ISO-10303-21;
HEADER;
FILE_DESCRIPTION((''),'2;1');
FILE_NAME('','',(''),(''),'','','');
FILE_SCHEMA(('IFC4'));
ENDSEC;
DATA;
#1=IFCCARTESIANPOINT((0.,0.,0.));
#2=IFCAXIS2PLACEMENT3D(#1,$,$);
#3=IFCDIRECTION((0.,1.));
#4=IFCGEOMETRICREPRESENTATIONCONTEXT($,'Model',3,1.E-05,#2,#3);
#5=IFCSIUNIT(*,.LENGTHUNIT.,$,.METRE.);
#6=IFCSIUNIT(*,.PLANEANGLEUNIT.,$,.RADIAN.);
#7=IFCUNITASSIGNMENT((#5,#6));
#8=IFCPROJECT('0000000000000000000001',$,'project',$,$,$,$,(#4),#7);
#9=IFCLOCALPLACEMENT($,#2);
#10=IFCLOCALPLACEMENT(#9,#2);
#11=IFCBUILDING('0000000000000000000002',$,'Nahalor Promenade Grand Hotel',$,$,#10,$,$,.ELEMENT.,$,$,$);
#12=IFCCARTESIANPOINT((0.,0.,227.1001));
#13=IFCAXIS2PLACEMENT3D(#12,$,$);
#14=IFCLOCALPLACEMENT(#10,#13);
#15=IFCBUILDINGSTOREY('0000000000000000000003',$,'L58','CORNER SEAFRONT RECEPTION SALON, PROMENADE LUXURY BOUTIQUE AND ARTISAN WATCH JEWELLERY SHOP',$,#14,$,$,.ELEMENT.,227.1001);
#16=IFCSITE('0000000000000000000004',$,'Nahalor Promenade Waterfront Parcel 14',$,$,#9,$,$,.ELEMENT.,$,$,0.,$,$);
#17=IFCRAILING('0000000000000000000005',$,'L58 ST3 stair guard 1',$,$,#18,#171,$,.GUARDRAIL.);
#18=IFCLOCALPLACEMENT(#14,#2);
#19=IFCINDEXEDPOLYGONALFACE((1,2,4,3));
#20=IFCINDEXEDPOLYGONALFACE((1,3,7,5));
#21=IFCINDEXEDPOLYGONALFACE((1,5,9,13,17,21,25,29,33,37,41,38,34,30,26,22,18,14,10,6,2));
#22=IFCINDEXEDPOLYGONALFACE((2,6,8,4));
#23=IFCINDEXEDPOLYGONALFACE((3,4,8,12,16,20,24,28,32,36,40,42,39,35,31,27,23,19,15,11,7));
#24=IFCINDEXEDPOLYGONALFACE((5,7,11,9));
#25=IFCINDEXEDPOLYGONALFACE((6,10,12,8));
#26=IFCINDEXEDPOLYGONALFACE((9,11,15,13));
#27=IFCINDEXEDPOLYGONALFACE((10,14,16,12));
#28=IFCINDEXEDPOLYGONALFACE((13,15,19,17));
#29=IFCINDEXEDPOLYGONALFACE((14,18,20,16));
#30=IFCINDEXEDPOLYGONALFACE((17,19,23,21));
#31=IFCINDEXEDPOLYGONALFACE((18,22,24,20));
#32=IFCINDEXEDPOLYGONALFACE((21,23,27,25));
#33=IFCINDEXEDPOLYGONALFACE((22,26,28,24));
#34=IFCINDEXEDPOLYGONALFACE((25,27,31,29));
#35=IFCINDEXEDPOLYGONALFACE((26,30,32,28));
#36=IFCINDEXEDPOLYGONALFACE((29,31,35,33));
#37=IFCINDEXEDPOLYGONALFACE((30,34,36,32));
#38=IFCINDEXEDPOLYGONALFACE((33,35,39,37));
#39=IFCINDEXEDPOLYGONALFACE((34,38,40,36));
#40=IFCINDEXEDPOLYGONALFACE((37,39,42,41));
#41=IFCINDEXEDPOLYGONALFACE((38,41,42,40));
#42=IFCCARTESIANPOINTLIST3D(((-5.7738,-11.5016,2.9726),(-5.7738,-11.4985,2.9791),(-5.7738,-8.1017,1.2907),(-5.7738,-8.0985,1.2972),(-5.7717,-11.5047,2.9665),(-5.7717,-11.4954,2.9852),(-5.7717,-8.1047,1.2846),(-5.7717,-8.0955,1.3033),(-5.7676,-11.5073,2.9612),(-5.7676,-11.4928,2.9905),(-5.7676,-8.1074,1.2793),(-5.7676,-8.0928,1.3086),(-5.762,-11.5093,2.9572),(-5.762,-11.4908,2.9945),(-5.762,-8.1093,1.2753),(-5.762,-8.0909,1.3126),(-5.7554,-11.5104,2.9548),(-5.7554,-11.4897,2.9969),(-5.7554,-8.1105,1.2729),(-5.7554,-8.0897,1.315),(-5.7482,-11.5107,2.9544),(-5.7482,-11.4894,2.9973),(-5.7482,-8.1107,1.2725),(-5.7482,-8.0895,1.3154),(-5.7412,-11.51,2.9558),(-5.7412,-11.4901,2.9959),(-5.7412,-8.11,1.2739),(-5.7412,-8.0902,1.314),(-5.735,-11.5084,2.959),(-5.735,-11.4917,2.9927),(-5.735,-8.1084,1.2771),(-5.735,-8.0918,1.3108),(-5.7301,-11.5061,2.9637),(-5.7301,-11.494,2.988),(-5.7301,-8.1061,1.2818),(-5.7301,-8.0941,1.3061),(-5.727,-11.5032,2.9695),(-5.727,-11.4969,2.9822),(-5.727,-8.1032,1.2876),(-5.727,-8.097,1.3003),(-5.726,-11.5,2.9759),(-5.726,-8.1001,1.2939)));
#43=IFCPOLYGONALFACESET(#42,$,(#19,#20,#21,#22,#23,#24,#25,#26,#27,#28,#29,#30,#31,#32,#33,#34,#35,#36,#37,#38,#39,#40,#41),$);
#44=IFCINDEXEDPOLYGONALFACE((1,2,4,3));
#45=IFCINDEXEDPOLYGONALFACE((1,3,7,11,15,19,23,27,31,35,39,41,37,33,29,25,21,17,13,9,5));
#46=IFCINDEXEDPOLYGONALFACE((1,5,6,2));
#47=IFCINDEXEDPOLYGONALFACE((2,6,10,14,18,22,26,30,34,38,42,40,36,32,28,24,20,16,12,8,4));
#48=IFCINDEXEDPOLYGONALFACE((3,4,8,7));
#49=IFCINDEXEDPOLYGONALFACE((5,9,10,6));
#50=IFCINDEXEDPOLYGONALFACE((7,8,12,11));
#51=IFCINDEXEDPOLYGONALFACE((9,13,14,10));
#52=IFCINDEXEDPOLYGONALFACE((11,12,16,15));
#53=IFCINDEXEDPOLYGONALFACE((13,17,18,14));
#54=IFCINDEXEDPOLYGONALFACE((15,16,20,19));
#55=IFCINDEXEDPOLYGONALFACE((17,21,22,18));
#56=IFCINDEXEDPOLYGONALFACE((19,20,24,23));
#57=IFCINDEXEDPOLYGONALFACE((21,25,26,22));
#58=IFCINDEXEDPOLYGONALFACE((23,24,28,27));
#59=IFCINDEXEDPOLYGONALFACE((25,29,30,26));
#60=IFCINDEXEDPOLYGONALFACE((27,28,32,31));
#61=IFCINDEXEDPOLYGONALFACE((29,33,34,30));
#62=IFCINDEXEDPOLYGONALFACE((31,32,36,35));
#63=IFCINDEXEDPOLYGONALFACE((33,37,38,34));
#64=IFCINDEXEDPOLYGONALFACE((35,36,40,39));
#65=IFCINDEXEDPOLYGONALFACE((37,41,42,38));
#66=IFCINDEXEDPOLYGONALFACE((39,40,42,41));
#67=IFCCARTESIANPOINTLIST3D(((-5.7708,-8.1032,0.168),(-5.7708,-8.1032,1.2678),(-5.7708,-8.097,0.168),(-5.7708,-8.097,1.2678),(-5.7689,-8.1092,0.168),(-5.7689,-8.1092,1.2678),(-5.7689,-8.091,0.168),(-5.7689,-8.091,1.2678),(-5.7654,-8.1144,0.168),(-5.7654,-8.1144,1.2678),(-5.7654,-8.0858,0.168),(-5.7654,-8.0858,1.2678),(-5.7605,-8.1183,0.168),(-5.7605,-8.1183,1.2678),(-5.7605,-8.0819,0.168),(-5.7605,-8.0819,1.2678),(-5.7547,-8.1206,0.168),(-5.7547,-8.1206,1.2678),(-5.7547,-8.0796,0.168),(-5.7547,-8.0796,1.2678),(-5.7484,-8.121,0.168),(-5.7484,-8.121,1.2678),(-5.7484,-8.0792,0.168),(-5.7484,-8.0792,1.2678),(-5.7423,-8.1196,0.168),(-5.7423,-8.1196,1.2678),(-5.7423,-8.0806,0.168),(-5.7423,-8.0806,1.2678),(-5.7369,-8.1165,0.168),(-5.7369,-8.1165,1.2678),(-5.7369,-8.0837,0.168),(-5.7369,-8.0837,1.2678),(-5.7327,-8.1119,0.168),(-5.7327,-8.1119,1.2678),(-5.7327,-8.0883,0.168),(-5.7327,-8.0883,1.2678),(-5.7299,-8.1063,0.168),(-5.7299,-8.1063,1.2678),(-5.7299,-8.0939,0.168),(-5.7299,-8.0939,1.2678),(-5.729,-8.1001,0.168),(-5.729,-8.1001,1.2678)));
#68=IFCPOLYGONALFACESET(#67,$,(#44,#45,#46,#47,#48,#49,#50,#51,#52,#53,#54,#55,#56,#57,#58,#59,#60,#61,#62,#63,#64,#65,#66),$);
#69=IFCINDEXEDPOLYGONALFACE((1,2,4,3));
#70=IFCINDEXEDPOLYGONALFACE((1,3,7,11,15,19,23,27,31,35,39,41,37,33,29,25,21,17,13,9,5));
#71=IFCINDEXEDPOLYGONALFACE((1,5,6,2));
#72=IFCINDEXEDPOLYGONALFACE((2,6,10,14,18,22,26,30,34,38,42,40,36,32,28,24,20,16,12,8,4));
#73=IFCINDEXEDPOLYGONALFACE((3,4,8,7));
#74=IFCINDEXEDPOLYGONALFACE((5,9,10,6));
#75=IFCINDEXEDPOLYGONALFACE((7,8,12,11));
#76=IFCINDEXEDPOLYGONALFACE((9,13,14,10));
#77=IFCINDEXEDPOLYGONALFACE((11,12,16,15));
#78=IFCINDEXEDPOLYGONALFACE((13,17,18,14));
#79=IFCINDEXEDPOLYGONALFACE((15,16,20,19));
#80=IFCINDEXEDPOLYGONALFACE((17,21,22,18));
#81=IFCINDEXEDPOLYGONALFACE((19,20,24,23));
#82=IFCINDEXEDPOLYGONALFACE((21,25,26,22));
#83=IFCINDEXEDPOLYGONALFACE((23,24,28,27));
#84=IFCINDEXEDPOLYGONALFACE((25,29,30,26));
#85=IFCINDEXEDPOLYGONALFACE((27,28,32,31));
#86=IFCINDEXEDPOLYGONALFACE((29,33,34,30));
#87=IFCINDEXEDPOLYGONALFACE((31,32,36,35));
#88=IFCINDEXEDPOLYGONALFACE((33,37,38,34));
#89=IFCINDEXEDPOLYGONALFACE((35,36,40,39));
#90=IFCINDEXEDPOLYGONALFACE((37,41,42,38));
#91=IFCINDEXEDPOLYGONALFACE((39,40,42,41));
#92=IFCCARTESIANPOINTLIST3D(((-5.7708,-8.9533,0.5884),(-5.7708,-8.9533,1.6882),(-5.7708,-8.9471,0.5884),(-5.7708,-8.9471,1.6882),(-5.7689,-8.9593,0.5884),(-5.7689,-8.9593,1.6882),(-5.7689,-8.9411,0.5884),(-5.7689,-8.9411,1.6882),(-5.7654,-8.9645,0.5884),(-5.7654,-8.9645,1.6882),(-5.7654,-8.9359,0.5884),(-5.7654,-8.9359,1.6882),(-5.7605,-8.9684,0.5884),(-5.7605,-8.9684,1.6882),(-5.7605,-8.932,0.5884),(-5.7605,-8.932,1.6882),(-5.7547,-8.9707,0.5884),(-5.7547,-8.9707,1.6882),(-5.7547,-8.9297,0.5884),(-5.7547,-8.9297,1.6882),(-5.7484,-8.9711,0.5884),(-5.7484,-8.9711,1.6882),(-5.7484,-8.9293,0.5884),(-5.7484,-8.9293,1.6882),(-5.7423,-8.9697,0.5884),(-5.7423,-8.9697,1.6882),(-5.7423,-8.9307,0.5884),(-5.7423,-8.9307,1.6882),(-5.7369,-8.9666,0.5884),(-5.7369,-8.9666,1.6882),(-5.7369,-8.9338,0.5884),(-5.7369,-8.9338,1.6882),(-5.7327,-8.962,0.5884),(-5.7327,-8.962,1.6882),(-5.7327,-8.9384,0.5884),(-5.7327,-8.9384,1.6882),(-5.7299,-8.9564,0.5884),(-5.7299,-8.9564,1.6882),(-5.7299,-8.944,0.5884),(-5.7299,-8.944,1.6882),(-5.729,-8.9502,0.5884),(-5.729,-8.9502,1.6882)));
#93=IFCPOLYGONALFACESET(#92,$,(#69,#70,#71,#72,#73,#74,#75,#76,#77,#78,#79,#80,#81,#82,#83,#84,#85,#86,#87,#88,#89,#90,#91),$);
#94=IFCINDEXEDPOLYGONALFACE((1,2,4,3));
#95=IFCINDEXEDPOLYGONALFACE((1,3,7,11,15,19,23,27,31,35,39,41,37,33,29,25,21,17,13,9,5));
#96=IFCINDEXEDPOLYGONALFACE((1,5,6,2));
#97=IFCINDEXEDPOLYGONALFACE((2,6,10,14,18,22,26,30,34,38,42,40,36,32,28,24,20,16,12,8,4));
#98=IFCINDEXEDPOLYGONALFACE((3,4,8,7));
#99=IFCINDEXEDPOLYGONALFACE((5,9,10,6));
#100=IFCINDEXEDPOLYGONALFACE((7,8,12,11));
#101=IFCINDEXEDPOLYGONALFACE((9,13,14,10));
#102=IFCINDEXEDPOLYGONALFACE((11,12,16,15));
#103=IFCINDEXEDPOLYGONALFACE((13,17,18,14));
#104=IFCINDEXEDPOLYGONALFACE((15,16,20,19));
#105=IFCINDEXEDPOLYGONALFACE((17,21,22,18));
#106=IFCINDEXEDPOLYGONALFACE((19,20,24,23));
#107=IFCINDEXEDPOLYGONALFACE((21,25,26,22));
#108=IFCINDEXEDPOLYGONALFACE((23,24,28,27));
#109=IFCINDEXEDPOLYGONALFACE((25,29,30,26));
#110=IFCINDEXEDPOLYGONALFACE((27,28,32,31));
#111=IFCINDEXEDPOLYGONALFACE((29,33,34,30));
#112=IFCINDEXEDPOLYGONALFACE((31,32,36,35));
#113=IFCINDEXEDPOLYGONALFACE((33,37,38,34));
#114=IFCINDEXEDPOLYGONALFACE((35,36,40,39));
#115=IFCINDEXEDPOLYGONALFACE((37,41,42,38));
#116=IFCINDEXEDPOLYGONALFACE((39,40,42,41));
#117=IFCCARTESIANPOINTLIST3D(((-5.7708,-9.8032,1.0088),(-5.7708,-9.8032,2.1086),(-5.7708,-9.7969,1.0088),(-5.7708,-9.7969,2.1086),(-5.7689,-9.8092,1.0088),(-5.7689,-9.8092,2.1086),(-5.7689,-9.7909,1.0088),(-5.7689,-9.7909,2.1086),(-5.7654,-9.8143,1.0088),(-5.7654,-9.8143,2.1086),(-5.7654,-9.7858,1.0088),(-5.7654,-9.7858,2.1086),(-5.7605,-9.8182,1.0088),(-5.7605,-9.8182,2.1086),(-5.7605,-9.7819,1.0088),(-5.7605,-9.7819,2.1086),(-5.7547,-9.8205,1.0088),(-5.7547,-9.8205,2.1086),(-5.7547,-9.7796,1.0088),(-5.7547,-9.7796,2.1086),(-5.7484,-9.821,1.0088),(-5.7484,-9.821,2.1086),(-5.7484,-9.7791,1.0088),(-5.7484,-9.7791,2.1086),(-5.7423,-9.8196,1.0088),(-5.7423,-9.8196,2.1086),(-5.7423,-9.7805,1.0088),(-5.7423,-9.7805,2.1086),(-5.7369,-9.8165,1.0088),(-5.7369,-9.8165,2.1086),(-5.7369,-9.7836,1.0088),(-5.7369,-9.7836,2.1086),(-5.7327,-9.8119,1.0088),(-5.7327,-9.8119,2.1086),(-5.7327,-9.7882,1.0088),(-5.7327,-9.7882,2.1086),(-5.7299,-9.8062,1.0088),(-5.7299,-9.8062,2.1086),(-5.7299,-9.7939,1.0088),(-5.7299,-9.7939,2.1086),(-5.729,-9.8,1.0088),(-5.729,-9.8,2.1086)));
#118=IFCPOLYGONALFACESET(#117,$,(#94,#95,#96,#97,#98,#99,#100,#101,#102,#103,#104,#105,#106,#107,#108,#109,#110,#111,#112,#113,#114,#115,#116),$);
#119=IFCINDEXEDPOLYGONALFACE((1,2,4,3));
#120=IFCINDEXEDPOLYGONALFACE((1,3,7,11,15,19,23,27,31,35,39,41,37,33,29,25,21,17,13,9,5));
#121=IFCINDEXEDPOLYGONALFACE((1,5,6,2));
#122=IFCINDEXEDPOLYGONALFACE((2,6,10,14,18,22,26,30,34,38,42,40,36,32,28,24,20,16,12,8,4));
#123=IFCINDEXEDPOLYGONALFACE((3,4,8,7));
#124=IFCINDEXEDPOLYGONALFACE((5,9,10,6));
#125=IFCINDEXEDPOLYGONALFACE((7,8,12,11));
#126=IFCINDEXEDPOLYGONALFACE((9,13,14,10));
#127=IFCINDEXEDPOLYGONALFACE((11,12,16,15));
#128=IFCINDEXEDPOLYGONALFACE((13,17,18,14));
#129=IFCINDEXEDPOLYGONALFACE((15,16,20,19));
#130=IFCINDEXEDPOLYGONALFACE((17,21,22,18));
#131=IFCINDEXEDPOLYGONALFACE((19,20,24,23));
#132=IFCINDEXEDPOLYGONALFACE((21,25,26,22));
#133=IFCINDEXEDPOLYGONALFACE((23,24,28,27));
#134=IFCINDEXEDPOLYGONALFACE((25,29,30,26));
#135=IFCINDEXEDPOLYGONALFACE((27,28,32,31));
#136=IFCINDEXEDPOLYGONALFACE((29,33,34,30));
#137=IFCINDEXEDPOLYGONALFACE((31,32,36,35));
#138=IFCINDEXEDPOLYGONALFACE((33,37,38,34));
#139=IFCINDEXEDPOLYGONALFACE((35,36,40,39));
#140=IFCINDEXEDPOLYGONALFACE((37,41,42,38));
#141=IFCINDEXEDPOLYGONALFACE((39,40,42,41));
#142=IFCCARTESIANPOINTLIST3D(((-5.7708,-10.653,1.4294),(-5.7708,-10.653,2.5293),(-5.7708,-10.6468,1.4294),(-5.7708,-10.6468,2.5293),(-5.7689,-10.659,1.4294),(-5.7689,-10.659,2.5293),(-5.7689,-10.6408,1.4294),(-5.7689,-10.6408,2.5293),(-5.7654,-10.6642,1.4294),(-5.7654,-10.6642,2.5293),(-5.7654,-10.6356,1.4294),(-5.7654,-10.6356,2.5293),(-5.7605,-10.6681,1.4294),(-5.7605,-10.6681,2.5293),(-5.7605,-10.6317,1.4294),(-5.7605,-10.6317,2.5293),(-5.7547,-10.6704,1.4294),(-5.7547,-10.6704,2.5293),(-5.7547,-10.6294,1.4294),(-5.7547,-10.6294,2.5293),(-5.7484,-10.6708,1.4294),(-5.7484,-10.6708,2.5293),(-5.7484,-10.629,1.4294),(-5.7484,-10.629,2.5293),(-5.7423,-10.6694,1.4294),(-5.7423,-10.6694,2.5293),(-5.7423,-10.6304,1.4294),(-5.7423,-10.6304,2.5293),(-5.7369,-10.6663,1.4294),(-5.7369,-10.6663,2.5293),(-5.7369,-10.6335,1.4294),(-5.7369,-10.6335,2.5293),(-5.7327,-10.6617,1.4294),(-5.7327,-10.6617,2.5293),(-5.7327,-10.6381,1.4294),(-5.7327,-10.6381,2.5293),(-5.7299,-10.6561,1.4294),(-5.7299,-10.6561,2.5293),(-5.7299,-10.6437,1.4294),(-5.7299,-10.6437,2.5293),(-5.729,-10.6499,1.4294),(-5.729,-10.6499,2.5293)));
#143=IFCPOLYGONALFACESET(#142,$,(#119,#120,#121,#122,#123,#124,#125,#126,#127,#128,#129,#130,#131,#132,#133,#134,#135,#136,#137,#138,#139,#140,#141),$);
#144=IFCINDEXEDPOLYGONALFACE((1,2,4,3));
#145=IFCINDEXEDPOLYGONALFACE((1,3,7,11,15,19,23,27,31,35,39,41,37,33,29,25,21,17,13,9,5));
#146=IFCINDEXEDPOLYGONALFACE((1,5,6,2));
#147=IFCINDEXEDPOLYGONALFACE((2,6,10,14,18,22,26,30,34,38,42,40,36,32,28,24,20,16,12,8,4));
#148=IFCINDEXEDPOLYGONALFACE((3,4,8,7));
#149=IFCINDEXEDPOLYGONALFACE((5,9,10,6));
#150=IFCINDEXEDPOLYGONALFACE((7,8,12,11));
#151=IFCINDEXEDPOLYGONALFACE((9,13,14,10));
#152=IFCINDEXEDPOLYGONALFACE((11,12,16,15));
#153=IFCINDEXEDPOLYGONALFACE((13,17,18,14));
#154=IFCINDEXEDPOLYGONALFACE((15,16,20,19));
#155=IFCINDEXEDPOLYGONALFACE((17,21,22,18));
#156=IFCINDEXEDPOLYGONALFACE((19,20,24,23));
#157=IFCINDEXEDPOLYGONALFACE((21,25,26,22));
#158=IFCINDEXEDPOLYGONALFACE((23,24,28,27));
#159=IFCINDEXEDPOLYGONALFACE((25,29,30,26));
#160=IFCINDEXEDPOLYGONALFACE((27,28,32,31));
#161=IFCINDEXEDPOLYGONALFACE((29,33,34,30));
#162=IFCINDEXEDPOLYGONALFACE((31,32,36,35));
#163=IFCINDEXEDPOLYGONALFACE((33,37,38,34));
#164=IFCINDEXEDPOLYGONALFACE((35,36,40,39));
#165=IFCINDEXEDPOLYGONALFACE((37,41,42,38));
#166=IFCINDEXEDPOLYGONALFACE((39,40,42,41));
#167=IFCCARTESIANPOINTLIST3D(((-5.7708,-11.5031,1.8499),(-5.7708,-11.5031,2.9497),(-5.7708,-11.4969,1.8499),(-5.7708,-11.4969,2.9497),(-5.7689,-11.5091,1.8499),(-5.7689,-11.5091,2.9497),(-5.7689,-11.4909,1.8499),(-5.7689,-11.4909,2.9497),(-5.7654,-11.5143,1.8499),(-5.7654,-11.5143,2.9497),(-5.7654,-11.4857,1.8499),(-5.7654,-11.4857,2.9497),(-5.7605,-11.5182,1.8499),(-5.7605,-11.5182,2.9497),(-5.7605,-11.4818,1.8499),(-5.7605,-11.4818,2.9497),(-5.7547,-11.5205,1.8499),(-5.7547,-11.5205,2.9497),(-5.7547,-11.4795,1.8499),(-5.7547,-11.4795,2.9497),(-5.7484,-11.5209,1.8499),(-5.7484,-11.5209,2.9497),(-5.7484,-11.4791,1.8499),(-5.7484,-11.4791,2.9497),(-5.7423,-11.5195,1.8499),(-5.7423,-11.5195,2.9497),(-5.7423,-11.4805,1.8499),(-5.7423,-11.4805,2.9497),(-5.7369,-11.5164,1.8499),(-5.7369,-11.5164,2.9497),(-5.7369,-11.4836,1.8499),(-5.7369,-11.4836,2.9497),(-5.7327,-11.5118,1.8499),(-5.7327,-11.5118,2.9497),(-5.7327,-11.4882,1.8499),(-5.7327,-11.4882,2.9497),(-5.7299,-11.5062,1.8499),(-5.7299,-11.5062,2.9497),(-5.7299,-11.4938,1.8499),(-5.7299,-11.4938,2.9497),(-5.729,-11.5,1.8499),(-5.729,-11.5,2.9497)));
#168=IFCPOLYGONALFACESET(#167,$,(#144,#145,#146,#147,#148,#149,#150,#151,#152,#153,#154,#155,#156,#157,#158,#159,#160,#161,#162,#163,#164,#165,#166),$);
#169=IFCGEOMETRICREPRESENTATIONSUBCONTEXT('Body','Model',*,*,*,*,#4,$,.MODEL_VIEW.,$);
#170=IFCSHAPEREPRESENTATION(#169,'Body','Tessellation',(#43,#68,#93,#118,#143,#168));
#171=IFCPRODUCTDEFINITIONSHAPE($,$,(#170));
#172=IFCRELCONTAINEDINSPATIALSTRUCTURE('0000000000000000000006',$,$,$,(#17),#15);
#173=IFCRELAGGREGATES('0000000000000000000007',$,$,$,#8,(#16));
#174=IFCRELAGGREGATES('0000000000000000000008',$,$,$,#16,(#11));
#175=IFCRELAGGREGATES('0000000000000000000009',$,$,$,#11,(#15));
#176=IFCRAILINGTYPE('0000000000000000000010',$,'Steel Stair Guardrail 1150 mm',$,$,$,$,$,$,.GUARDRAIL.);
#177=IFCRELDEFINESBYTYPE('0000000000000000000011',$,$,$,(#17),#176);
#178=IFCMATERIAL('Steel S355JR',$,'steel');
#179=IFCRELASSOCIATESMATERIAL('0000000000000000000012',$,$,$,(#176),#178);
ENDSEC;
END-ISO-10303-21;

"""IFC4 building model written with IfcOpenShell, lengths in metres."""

from ifc_helpers import new_model, si_unit, direction, frame, origin, origin_2d, place, context, subcontext, project, spatial, circle, extrude, material, type_object, element, save


model = new_model("IFC4")

# Units and contexts
model_context = context("Model", 3, precision=1e-05, world=origin(), true_north=direction((0.0, 1.0)))
body_context = subcontext(model_context, "Body", "Model", "MODEL_VIEW")
ifc_project = project(units=[si_unit("LENGTHUNIT", "METRE"), si_unit("PLANEANGLEUNIT", "RADIAN")], contexts=[model_context])

# Site, building, storey
site_placement = place(None, origin())
site = spatial("IfcSite", under=ifc_project, at=site_placement, Name="Nahalor Promenade Waterfront Parcel 14", CompositionType="ELEMENT", RefElevation=0.0)
building_placement = place(site_placement, origin())
building = spatial("IfcBuilding", under=site, at=building_placement, Name="Nahalor Promenade Grand Hotel", CompositionType="ELEMENT")
storey_placement = place(building_placement, frame((0.0, 0.0, 227.1001)))
storey = spatial("IfcBuildingStorey", under=building, at=storey_placement, Name="L58", Description="CORNER SEAFRONT RECEPTION SALON, PROMENADE LUXURY BOUTIQUE AND ARTISAN WATCH JEWELLERY SHOP", CompositionType="ELEMENT", Elevation=227.1001)

# Shared definitions
ifc_material_1 = material(Name="Steel S355JR", Category="steel")

# Railing
railing_type_1 = type_object("IfcRailingType", Name="Steel Stair Guardrail 1150 mm", PredefinedType="GUARDRAIL", material=ifc_material_1)
railing_1_placement = place(storey_placement, frame((-5.75, -8.1001, 0.168)))
element("IfcRailing", 1, at=railing_1_placement, inside=storey, type_object=railing_type_1, Name="L58 ST3 stair guard 1", PredefinedType="GUARDRAIL", context=body_context, shape_type="SweptSolid", body=[
    extrude(circle(Radius=0.024, at=origin_2d()), frame((0.0, 0.0, 1.126), z_axis=(0.0, -0.896324, 0.443399), x_axis=(1.0, 0.0, 0.0)), (0.0, 0.0, 1.0), 3.7932),
    extrude(circle(Radius=0.021, at=origin_2d()), origin(), (0.0, 0.0, 1.0), 1.0999),
    extrude(circle(Radius=0.021, at=origin_2d()), frame((0.0, -0.8501, 0.4204)), (0.0, 0.0, 1.0), 1.0999),
    extrude(circle(Radius=0.021, at=origin_2d()), frame((0.0, -1.7, 0.8408)), (0.0, 0.0, 1.0), 1.0999),
    extrude(circle(Radius=0.021, at=origin_2d()), frame((0.0, -2.5498, 1.2615)), (0.0, 0.0, 1.0), 1.0999),
    extrude(circle(Radius=0.021, at=origin_2d()), frame((0.0, -3.3999, 1.6819)), (0.0, 0.0, 1.0), 1.0999),
])

save(model, "model.ifc")
